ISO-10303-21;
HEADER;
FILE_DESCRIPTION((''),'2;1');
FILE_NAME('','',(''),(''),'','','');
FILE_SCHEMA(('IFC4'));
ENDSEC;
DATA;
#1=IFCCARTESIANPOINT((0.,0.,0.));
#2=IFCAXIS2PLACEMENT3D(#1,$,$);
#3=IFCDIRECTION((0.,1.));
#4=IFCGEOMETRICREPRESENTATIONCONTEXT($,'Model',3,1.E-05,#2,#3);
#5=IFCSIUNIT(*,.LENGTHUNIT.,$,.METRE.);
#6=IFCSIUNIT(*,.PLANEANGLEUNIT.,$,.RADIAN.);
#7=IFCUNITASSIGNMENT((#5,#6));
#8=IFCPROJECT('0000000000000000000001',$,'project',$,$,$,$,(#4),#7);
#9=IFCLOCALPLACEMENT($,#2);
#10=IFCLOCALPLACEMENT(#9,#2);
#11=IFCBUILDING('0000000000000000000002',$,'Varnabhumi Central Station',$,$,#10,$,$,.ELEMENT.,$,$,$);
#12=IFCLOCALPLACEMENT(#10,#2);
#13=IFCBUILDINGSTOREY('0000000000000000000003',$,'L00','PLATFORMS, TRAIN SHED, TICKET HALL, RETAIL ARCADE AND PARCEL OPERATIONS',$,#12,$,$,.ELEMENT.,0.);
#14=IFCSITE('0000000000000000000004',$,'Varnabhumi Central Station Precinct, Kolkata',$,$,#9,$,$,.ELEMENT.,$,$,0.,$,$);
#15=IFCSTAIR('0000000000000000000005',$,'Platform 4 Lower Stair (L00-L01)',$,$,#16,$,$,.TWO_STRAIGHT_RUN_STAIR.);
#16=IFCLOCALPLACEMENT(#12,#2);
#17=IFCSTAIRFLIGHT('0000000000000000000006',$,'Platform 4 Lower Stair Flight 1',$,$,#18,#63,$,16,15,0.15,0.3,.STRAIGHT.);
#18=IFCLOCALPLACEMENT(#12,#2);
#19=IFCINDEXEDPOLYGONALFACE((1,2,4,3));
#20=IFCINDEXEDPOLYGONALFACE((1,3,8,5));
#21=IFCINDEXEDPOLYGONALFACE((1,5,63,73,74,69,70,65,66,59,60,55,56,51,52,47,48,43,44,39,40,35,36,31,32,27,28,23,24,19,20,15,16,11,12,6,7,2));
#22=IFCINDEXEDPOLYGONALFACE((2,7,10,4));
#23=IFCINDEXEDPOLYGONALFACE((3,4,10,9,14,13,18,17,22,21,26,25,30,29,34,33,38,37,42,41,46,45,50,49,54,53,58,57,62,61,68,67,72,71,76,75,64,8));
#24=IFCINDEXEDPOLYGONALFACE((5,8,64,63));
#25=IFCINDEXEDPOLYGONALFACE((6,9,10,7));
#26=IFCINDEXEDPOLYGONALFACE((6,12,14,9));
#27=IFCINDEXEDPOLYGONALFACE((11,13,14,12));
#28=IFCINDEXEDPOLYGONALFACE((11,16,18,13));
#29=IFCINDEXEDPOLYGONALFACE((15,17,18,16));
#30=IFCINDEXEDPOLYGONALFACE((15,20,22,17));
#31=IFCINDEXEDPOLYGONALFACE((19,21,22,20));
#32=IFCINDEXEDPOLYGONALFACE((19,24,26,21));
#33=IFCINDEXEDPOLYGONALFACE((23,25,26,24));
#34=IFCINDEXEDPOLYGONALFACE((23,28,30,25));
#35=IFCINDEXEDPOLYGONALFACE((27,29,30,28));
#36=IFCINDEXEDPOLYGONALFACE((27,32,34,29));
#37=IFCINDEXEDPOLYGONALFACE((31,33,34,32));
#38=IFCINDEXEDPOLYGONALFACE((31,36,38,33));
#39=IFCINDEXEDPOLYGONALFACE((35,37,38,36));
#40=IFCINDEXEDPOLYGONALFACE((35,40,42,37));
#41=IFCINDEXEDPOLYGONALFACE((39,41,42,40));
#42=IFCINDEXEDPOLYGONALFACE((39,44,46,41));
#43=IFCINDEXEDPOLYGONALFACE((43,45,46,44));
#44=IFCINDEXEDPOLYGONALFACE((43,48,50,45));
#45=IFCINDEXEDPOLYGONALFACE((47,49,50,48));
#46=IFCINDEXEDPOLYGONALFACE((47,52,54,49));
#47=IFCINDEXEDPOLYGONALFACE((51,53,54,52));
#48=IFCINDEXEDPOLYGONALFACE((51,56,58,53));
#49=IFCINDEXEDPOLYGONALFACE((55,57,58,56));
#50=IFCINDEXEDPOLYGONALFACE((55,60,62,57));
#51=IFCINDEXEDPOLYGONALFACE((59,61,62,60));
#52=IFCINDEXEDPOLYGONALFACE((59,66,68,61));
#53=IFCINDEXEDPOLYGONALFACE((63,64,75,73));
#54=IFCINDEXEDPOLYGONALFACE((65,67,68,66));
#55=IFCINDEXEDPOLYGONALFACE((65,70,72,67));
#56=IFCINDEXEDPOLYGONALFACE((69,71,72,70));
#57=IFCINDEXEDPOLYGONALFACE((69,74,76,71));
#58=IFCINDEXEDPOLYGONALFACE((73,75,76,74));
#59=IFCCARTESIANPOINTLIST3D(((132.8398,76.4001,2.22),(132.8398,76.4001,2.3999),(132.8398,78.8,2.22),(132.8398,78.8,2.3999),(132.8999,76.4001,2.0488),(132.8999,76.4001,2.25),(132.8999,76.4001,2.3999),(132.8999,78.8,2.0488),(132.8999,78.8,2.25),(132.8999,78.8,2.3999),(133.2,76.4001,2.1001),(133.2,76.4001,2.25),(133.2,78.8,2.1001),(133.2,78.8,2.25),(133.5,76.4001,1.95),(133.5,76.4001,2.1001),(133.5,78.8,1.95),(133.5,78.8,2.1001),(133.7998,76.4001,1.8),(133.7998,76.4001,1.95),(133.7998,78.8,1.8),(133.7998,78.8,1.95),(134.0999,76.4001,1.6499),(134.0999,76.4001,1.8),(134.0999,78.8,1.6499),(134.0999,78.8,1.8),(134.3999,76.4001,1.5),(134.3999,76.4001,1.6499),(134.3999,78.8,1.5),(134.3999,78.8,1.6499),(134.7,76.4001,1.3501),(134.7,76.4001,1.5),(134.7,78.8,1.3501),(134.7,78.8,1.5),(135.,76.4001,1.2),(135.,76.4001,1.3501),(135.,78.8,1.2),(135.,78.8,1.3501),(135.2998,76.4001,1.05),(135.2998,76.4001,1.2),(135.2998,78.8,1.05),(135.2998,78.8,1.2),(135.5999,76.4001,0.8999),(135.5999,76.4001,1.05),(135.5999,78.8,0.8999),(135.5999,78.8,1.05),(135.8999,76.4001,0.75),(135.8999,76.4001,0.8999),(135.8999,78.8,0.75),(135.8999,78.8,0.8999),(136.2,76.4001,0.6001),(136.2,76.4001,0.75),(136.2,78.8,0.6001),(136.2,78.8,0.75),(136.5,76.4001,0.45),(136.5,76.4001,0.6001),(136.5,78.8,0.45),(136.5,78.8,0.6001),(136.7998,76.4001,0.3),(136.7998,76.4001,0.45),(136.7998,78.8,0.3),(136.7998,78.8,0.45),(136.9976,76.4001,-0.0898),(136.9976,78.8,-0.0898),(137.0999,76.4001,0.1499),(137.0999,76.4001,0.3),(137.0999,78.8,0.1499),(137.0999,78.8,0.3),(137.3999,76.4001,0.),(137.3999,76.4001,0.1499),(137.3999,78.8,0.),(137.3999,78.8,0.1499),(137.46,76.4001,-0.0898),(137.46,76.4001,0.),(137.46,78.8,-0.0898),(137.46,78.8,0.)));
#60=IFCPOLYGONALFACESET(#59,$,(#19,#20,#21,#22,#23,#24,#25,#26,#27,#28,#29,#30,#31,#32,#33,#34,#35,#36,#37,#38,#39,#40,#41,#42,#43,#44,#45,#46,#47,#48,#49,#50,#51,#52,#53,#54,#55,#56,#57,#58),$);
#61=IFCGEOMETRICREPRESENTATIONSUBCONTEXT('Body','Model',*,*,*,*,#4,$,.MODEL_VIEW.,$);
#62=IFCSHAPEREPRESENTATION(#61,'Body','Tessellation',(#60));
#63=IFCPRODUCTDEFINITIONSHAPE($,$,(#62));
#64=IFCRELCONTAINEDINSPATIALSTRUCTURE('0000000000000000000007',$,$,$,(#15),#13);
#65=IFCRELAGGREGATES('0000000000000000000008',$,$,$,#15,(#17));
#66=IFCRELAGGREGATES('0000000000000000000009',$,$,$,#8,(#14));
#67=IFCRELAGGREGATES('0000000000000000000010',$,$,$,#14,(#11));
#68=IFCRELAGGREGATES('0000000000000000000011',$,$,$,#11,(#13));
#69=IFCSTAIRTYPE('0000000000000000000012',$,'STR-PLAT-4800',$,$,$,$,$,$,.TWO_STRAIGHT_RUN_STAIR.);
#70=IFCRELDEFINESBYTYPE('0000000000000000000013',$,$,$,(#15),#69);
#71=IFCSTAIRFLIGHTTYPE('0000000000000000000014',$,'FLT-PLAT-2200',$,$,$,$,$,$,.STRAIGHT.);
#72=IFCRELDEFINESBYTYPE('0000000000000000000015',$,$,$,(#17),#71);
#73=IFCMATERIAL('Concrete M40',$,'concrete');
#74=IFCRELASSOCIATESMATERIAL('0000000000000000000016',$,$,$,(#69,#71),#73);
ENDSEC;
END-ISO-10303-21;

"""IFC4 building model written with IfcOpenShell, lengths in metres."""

from ifc_helpers import new_model, si_unit, direction, frame, origin, place, context, subcontext, project, spatial, polyline, outline, extrude, material, type_object, element, aggregate, save


model = new_model("IFC4")

# Units and contexts
model_context = context("Model", 3, precision=1e-05, world=origin(), true_north=direction((0.0, 1.0)))
body_context = subcontext(model_context, "Body", "Model", "MODEL_VIEW")
ifc_project = project(units=[si_unit("LENGTHUNIT", "METRE"), si_unit("PLANEANGLEUNIT", "RADIAN")], contexts=[model_context])

# Site, building, storey
site_placement = place(None, origin())
site = spatial("IfcSite", under=ifc_project, at=site_placement, Name="Varnabhumi Central Station Precinct, Kolkata", CompositionType="ELEMENT", RefElevation=0.0)
building_placement = place(site_placement, origin())
building = spatial("IfcBuilding", under=site, at=building_placement, Name="Varnabhumi Central Station", CompositionType="ELEMENT")
storey_placement = place(building_placement, origin())
storey = spatial("IfcBuildingStorey", under=building, at=storey_placement, Name="L00", Description="PLATFORMS, TRAIN SHED, TICKET HALL, RETAIL ARCADE AND PARCEL OPERATIONS", CompositionType="ELEMENT", Elevation=0.0)

# Shared definitions
ifc_material_1 = material(Name="Concrete M40", Category="concrete")

# Stair, stair flight
stair_type = type_object("IfcStairType", Name="STR-PLAT-4800", PredefinedType="TWO_STRAIGHT_RUN_STAIR", material=ifc_material_1)
stair_placement = place(storey_placement, origin())
stair = element("IfcStair", 1, at=stair_placement, inside=storey, type_object=stair_type, Name="Platform 4 Lower Stair (L00-L01)", PredefinedType="TWO_STRAIGHT_RUN_STAIR")
stair_flight_type = type_object("IfcStairFlightType", Name="FLT-PLAT-2200", PredefinedType="STRAIGHT", material=ifc_material_1)
stair_flight_placement = place(storey_placement, frame((137.3999, 77.6001, 0.0), z_axis=(0.0, 0.0, 1.0), x_axis=(-1.0, 0.0, 0.0)))
stair_flight = element("IfcStairFlight", 2, at=stair_flight_placement, type_object=stair_flight_type, Name="Platform 4 Lower Stair Flight 1", NumberOfRisers=16, NumberOfTreads=15, PredefinedType="STRAIGHT", RiserHeight=0.15, TreadLength=0.3, context=body_context, shape_type="SweptSolid", body=[
    extrude(outline(polyline([(-0.0601, -0.0898), (-0.0601, 0.0), (0.0, 0.0), (0.0, 0.1499), (0.3, 0.1499), (0.3, 0.3), (0.6001, 0.3), (0.6001, 0.45), (0.8999, 0.45), (0.8999, 0.6001), (1.2, 0.6001), (1.2, 0.75), (1.5, 0.75), (1.5, 0.8999), (1.8, 0.8999), (1.8, 1.05), (2.1001, 1.05), (2.1001, 1.2), (2.3999, 1.2), (2.3999, 1.3501), (2.7, 1.3501), (2.7, 1.5), (3.0, 1.5), (3.0, 1.6499), (3.3, 1.6499), (3.3, 1.8), (3.6001, 1.8), (3.6001, 1.95), (3.8999, 1.95), (3.8999, 2.1001), (4.2, 2.1001), (4.2, 2.25), (4.5, 2.25), (4.5, 2.3999), (4.5601, 2.3999), (4.5601, 2.22), (4.5, 2.0488), (0.4023, -0.0898), (-0.0601, -0.0898)])), frame((0.0, 1.2, 0.0), z_axis=(0.0, -1.0, 0.0), x_axis=(1.0, 0.0, 0.0)), (0.0, 0.0, 1.0), 2.3999),
])
aggregate(stair, [stair_flight])

save(model, "model.ifc")
